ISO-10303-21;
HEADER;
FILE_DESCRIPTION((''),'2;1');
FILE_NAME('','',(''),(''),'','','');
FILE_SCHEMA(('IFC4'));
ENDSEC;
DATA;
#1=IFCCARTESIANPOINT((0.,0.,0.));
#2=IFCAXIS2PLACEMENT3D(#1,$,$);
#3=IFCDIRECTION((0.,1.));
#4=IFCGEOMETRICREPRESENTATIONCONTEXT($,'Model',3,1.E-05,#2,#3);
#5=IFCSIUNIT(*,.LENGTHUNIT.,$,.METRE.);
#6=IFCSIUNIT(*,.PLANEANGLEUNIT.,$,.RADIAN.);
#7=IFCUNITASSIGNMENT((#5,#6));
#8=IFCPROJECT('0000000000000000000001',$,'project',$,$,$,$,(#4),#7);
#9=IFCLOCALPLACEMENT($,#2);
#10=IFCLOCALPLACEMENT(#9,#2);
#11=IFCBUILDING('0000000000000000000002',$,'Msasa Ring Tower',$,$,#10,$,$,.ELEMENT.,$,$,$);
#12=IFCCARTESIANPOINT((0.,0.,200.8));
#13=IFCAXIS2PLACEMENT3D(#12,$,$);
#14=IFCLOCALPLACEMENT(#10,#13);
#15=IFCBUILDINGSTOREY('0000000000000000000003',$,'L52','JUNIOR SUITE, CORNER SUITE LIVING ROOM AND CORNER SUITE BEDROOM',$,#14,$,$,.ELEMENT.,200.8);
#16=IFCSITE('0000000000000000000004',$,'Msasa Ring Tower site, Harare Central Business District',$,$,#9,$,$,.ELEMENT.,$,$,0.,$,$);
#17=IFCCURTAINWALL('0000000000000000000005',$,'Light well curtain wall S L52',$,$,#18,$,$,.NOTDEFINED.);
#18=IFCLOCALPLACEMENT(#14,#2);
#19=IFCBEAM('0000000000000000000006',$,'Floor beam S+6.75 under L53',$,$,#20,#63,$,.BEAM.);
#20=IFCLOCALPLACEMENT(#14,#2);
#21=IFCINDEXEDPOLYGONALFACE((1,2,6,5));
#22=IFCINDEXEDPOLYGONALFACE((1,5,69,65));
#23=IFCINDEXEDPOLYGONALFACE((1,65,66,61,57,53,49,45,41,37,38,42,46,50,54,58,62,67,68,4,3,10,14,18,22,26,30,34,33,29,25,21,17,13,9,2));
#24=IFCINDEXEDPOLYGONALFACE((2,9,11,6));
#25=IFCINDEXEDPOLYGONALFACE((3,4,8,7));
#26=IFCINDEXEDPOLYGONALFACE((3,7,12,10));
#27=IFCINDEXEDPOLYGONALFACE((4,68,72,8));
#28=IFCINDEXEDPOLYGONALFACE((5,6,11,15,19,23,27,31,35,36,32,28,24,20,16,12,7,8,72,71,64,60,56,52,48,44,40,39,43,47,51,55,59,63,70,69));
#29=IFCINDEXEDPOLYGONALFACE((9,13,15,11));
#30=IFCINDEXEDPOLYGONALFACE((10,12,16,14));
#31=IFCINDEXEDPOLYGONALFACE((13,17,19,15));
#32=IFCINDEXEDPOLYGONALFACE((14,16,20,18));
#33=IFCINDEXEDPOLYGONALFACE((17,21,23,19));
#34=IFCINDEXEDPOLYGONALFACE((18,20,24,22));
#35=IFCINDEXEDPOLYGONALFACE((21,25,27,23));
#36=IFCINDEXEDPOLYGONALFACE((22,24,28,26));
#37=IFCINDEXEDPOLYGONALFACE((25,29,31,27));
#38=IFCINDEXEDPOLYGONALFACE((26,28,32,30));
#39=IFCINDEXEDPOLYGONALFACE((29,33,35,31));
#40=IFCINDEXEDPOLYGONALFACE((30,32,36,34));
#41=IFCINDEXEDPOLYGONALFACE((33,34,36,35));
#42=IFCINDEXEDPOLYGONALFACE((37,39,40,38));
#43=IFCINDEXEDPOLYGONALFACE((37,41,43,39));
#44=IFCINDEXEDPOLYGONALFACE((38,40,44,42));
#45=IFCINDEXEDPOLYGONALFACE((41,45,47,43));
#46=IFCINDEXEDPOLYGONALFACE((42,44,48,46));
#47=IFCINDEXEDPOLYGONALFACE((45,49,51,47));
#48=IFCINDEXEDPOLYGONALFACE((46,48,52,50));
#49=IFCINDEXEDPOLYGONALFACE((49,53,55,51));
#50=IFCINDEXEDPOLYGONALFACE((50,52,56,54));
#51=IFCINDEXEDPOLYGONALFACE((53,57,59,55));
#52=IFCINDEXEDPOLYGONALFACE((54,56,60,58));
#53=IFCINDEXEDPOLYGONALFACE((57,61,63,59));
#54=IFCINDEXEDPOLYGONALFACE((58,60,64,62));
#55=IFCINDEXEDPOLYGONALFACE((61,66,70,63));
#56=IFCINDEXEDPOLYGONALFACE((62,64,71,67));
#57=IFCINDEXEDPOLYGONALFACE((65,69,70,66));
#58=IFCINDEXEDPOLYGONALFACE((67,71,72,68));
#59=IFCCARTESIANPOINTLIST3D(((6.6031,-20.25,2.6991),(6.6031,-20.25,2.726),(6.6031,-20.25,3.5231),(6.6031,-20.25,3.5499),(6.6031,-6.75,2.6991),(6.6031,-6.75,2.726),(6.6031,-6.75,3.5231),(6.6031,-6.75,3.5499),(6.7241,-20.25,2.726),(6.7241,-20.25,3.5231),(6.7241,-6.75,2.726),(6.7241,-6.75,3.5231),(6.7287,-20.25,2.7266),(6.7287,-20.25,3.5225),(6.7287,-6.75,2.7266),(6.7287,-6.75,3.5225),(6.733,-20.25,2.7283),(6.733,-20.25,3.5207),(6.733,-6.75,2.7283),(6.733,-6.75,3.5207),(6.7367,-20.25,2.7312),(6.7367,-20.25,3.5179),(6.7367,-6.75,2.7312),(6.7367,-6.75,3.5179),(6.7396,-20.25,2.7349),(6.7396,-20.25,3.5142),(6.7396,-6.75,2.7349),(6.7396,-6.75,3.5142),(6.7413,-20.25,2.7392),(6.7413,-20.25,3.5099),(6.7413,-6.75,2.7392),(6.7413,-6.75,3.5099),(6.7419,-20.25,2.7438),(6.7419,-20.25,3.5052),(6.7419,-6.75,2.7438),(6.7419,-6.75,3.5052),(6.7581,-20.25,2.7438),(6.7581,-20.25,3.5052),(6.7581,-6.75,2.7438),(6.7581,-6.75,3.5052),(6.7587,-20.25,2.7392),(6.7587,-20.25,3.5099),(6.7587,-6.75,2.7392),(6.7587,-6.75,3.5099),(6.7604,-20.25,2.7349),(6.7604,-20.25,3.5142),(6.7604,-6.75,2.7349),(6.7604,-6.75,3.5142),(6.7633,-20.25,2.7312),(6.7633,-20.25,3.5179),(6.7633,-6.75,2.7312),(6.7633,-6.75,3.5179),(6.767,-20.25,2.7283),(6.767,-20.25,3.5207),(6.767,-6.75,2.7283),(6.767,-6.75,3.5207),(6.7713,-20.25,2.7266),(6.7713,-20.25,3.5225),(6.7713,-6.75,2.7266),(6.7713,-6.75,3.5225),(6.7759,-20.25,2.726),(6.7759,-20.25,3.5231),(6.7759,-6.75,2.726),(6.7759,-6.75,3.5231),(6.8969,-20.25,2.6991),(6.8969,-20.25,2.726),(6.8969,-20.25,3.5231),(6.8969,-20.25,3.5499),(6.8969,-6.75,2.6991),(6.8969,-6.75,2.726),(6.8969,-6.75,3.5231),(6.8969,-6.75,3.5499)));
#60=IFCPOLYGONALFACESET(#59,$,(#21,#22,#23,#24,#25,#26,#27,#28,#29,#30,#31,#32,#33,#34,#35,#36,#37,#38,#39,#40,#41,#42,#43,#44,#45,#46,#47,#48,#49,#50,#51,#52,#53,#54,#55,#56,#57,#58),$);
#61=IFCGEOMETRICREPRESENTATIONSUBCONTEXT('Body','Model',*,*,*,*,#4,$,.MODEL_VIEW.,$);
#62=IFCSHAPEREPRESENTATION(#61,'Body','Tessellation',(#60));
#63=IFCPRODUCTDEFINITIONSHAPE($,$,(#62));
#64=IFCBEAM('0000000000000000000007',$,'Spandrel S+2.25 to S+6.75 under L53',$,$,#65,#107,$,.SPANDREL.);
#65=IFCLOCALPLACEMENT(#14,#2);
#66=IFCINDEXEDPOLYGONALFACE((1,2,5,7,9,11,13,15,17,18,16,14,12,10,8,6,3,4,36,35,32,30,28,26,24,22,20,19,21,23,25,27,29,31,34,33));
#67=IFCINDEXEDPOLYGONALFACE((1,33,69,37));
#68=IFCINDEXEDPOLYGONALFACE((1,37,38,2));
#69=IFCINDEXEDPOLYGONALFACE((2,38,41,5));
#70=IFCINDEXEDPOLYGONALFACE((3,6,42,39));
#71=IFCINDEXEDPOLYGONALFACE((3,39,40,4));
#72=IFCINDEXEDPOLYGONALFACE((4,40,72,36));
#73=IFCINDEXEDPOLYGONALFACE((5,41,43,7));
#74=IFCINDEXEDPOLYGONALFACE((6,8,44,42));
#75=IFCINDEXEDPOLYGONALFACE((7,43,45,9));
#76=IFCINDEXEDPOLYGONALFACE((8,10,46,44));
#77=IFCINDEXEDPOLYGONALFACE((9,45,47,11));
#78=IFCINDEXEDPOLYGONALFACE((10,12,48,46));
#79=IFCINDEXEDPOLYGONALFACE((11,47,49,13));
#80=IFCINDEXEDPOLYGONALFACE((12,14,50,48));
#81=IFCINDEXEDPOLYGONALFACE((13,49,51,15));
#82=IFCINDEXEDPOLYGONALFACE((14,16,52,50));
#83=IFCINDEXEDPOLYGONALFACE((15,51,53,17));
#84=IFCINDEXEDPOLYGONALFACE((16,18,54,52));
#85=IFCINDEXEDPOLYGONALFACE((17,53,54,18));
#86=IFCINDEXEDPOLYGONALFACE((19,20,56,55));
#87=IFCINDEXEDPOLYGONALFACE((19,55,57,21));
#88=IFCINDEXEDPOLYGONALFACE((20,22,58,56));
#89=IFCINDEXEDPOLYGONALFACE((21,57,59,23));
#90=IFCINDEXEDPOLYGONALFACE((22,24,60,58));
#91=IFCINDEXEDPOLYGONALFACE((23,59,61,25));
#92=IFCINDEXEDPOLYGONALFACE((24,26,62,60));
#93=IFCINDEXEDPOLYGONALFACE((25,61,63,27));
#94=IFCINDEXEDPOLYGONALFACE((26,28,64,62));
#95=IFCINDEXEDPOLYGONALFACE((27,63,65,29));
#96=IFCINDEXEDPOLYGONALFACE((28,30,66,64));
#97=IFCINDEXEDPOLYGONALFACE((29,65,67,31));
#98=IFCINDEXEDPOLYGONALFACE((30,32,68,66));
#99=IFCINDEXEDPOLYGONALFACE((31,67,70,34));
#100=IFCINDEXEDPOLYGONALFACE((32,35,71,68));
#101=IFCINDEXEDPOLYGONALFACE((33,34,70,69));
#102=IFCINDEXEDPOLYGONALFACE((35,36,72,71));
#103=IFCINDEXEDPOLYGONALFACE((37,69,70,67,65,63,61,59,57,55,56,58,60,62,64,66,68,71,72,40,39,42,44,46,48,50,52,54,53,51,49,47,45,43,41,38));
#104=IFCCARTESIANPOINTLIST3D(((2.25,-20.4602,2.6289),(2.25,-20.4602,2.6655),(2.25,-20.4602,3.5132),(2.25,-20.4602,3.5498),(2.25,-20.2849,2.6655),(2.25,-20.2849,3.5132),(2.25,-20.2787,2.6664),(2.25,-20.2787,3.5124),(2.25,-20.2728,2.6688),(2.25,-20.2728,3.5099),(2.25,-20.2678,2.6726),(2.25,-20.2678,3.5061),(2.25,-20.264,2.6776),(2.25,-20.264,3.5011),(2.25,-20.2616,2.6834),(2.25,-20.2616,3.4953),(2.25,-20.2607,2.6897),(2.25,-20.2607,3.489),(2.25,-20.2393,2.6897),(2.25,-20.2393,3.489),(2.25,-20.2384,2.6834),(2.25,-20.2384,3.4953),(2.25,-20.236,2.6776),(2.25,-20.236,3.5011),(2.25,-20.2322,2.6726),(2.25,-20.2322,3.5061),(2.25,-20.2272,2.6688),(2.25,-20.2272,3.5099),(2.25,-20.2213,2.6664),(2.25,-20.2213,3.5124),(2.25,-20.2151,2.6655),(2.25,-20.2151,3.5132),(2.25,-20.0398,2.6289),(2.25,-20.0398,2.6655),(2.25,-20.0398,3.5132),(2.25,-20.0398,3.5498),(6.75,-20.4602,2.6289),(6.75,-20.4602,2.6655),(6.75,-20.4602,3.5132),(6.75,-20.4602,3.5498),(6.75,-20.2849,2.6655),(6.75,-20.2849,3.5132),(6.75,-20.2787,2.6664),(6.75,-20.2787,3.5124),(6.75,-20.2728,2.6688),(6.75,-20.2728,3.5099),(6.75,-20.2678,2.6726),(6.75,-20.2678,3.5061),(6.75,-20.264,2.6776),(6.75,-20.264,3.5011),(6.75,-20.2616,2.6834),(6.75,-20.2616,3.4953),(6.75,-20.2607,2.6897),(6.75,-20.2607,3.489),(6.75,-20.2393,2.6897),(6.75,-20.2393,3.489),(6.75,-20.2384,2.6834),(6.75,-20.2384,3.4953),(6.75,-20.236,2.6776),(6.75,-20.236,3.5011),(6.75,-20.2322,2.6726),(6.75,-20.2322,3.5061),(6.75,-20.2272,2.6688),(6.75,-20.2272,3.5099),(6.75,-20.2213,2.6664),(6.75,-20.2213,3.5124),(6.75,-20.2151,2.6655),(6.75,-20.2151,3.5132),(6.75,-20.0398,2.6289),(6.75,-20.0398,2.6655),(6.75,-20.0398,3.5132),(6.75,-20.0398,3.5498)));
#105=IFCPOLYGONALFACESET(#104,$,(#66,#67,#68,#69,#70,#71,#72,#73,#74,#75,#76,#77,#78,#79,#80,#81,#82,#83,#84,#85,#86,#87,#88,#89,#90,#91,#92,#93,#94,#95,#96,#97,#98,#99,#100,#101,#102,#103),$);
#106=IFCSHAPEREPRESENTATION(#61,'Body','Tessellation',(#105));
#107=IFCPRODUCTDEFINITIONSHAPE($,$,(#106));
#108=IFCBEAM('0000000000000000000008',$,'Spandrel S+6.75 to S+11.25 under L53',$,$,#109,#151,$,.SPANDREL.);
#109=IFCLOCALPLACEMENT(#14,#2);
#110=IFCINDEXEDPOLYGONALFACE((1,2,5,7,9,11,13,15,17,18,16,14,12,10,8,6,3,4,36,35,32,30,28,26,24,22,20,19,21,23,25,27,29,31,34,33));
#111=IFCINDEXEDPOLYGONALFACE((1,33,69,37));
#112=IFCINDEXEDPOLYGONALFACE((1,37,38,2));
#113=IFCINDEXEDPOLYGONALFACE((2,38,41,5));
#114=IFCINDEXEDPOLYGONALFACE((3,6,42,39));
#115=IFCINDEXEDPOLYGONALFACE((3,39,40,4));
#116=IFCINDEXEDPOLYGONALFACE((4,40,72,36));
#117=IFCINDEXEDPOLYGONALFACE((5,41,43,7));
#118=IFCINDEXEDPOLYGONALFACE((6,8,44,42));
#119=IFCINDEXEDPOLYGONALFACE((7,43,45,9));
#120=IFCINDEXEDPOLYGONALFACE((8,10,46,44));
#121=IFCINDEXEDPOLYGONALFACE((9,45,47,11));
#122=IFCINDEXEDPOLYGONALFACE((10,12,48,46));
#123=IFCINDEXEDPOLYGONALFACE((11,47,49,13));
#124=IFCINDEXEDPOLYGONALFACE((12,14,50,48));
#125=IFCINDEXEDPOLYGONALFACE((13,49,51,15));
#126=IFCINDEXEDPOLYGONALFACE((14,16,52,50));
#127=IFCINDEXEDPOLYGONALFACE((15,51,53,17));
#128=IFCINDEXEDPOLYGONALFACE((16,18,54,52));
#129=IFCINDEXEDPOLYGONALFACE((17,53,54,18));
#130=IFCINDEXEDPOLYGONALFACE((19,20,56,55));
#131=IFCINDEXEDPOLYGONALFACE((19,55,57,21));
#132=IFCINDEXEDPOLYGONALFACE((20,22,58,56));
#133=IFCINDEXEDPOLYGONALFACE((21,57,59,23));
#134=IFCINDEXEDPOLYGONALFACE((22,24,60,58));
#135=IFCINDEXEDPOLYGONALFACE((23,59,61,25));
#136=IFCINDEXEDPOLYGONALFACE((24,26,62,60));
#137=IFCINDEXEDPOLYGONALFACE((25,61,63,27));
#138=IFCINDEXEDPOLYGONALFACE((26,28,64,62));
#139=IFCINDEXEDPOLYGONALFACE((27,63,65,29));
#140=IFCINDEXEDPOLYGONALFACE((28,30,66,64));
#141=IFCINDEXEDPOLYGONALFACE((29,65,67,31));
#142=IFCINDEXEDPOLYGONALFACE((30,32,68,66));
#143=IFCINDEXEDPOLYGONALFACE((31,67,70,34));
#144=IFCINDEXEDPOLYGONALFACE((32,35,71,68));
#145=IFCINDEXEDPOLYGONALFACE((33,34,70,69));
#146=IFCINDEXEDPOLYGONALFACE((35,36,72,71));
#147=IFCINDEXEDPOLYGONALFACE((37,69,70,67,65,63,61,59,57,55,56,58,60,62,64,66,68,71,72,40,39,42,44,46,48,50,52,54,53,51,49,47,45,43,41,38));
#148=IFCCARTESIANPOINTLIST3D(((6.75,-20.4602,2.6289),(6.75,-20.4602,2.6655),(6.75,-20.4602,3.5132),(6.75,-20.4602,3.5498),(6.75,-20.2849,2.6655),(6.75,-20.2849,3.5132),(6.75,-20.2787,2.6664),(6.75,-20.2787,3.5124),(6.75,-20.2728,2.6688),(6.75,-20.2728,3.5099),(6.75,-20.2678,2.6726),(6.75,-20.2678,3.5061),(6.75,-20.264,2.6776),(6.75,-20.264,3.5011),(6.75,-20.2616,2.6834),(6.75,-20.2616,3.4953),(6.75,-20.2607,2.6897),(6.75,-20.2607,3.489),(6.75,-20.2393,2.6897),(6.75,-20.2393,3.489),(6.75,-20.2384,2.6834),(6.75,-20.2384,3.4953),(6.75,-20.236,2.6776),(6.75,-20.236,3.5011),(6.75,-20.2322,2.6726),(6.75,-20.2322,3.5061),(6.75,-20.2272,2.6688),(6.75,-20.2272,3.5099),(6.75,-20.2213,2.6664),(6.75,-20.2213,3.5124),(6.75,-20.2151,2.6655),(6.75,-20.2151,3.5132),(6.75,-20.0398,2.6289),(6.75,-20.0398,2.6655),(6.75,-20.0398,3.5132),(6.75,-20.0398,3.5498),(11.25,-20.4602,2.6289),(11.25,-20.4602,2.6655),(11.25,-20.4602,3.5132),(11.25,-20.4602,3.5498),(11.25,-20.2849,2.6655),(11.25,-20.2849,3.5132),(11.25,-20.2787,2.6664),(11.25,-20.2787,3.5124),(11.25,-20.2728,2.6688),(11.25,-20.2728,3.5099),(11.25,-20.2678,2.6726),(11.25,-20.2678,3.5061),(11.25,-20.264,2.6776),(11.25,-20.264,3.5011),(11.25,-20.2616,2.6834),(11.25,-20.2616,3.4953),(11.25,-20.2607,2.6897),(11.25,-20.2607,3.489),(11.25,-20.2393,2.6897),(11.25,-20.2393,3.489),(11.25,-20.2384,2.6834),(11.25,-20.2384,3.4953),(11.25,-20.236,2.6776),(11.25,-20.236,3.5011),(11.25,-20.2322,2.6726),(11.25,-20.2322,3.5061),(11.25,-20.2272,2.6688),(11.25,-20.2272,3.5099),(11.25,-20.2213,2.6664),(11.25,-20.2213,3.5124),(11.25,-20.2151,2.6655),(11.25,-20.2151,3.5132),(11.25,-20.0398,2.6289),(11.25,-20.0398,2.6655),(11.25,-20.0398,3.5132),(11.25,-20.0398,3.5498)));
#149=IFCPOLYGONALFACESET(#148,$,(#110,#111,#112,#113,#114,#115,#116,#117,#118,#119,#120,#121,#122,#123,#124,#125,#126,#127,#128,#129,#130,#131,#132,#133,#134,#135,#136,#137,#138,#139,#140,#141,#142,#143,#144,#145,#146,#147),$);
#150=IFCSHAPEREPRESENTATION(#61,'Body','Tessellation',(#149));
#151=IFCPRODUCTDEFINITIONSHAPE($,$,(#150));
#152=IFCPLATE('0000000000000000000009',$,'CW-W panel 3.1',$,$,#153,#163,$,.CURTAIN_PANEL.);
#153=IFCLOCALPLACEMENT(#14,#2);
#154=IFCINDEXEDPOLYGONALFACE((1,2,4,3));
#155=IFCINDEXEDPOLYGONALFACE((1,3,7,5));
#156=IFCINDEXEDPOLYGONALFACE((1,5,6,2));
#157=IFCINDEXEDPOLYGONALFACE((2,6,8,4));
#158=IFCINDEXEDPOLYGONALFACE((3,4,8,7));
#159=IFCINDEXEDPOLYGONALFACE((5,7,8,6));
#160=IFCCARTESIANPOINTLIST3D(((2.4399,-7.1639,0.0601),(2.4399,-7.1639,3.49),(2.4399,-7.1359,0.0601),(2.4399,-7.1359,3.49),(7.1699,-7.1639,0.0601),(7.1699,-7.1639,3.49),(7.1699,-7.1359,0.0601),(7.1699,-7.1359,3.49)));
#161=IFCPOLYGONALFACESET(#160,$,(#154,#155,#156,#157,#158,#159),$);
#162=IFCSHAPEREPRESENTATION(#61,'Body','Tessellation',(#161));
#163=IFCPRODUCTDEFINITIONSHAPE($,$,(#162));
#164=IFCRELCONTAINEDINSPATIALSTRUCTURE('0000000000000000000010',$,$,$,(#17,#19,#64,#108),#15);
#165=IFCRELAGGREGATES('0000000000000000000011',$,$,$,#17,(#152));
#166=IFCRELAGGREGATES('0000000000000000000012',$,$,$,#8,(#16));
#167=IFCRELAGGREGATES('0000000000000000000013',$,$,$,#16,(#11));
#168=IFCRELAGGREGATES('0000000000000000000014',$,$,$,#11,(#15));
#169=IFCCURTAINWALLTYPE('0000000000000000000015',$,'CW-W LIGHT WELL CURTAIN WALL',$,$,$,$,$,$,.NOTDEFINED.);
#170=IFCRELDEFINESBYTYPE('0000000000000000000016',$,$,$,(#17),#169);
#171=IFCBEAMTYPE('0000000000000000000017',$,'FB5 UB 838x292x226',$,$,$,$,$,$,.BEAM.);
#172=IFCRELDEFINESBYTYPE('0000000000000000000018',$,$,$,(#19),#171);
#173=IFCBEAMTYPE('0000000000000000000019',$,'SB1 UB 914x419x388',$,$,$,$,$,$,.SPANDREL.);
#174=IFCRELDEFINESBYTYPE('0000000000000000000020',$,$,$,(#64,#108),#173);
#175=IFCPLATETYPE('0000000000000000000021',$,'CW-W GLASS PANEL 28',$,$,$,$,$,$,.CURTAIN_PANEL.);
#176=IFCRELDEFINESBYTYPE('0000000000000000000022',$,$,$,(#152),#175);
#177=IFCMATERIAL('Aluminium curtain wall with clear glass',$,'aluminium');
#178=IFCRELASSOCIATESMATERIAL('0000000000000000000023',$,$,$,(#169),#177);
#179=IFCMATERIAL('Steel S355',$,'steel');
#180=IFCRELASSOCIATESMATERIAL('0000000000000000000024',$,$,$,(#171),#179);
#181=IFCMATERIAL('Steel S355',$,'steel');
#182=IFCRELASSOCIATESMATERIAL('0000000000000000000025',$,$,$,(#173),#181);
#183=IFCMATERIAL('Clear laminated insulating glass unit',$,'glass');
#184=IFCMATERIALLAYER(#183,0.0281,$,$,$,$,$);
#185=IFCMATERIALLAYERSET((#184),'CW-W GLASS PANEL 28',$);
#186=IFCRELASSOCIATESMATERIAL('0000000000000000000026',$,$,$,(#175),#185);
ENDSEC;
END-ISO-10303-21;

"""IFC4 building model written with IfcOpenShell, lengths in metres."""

from ifc_helpers import new_model, si_unit, direction, frame, origin, origin_2d, place, context, subcontext, project, spatial, rectangle, i_section, extrude, material, layer, layer_set, material_profile, profile_set, type_object, element, aggregate, save


model = new_model("IFC4")

# Units and contexts
model_context = context("Model", 3, precision=1e-05, world=origin(), true_north=direction((0.0, 1.0)))
body_context = subcontext(model_context, "Body", "Model", "MODEL_VIEW")
ifc_project = project(units=[si_unit("LENGTHUNIT", "METRE"), si_unit("PLANEANGLEUNIT", "RADIAN")], contexts=[model_context])

# Site, building, storey
site_placement = place(None, origin())
site = spatial("IfcSite", under=ifc_project, at=site_placement, Name="Msasa Ring Tower site, Harare Central Business District", CompositionType="ELEMENT", RefElevation=0.0)
building_placement = place(site_placement, origin())
building = spatial("IfcBuilding", under=site, at=building_placement, Name="Msasa Ring Tower", CompositionType="ELEMENT")
storey_placement = place(building_placement, frame((0.0, 0.0, 200.8)))
storey = spatial("IfcBuildingStorey", under=building, at=storey_placement, Name="L52", Description="JUNIOR SUITE, CORNER SUITE LIVING ROOM AND CORNER SUITE BEDROOM", CompositionType="ELEMENT", Elevation=200.8)

# Curtain wall
ifc_material_1 = material(Name="Aluminium curtain wall with clear glass", Category="aluminium")
curtain_wall_type = type_object("IfcCurtainWallType", Name="CW-W LIGHT WELL CURTAIN WALL", PredefinedType="NOTDEFINED", material=ifc_material_1)
curtain_wall_1_placement = place(storey_placement, origin())
curtain_wall_1 = element("IfcCurtainWall", 1, at=curtain_wall_1_placement, inside=storey, type_object=curtain_wall_type, Name="Light well curtain wall S L52", PredefinedType="NOTDEFINED")

# Beams
ifc_material_2 = material(Name="Steel S355", Category="steel")
ifc_material_profile_1 = material_profile(ifc_material_2, i_section(OverallWidth=0.2937, OverallDepth=0.8508, WebThickness=0.0161, FlangeThickness=0.0269, FilletRadius=0.0178, at=origin_2d()), Name="UB 838x292x226")
ifc_profile_set_1 = profile_set([ifc_material_profile_1], Name="Steel S355")
beam_type_1 = type_object("IfcBeamType", Name="FB5 UB 838x292x226", PredefinedType="BEAM", material=ifc_profile_set_1)
for number, where, z_axis, x_axis, name in (
    (2, (6.75, -20.25, 3.1245), (0.0, 1.0, 0.0), (-1.0, 0.0, 0.0), "Floor beam S+6.75 under L53"),
):
    element("IfcBeam", number, at=place(storey_placement, frame(where, z_axis=z_axis, x_axis=x_axis)), inside=storey, type_object=beam_type_1, Name=name, PredefinedType="BEAM", context=body_context, shape_type="SweptSolid", body=[
        extrude(i_section(OverallWidth=0.2937, OverallDepth=0.8508, WebThickness=0.0161, FlangeThickness=0.0269, FilletRadius=0.0178, at=origin_2d()), origin(), (0.0, 0.0, 1.0), 13.5),
    ])
ifc_material_3 = material(Name="Steel S355", Category="steel")
ifc_material_profile_2 = material_profile(ifc_material_3, i_section(OverallWidth=0.4204, OverallDepth=0.9209, WebThickness=0.0215, FlangeThickness=0.0366, FilletRadius=0.0242, at=origin_2d()), Name="UB 914x419x388")
ifc_profile_set_2 = profile_set([ifc_material_profile_2], Name="Steel S355")
beam_type_2 = type_object("IfcBeamType", Name="SB1 UB 914x419x388", PredefinedType="SPANDREL", material=ifc_profile_set_2)
for number, where, z_axis, x_axis, name in (
    (3, (2.25, -20.25, 3.0894), (1.0, 0.0, 0.0), (0.0, 1.0, 0.0), "Spandrel S+2.25 to S+6.75 under L53"),
    (4, (6.75, -20.25, 3.0894), (1.0, 0.0, 0.0), (0.0, 1.0, 0.0), "Spandrel S+6.75 to S+11.25 under L53"),
):
    element("IfcBeam", number, at=place(storey_placement, frame(where, z_axis=z_axis, x_axis=x_axis)), inside=storey, type_object=beam_type_2, Name=name, PredefinedType="SPANDREL", context=body_context, shape_type="SweptSolid", body=[
        extrude(i_section(OverallWidth=0.4204, OverallDepth=0.9209, WebThickness=0.0215, FlangeThickness=0.0366, FilletRadius=0.0242, at=origin_2d()), origin(), (0.0, 0.0, 1.0), 4.5),
    ])

# Plate
ifc_material_4 = material(Name="Clear laminated insulating glass unit", Category="glass")
ifc_layer_1 = layer(ifc_material_4, 0.0281)
ifc_layer_set_1 = layer_set([ifc_layer_1], Name="CW-W GLASS PANEL 28")
plate_type = type_object("IfcPlateType", Name="CW-W GLASS PANEL 28", PredefinedType="CURTAIN_PANEL", material=ifc_layer_set_1)
plate_placement = place(storey_placement, frame((4.8049, -7.1499, 0.0601), z_axis=(0.0, 0.0, 1.0), x_axis=(1.0, 0.0, 0.0)))
plate = element("IfcPlate", 5, at=plate_placement, type_object=plate_type, Name="CW-W panel 3.1", PredefinedType="CURTAIN_PANEL", context=body_context, shape_type="SweptSolid", body=[
    extrude(rectangle(XDim=4.73, YDim=0.0281, at=origin_2d()), origin(), (0.0, 0.0, 1.0), 3.4299),
])
aggregate(curtain_wall_1, [plate])

save(model, "model.ifc")
